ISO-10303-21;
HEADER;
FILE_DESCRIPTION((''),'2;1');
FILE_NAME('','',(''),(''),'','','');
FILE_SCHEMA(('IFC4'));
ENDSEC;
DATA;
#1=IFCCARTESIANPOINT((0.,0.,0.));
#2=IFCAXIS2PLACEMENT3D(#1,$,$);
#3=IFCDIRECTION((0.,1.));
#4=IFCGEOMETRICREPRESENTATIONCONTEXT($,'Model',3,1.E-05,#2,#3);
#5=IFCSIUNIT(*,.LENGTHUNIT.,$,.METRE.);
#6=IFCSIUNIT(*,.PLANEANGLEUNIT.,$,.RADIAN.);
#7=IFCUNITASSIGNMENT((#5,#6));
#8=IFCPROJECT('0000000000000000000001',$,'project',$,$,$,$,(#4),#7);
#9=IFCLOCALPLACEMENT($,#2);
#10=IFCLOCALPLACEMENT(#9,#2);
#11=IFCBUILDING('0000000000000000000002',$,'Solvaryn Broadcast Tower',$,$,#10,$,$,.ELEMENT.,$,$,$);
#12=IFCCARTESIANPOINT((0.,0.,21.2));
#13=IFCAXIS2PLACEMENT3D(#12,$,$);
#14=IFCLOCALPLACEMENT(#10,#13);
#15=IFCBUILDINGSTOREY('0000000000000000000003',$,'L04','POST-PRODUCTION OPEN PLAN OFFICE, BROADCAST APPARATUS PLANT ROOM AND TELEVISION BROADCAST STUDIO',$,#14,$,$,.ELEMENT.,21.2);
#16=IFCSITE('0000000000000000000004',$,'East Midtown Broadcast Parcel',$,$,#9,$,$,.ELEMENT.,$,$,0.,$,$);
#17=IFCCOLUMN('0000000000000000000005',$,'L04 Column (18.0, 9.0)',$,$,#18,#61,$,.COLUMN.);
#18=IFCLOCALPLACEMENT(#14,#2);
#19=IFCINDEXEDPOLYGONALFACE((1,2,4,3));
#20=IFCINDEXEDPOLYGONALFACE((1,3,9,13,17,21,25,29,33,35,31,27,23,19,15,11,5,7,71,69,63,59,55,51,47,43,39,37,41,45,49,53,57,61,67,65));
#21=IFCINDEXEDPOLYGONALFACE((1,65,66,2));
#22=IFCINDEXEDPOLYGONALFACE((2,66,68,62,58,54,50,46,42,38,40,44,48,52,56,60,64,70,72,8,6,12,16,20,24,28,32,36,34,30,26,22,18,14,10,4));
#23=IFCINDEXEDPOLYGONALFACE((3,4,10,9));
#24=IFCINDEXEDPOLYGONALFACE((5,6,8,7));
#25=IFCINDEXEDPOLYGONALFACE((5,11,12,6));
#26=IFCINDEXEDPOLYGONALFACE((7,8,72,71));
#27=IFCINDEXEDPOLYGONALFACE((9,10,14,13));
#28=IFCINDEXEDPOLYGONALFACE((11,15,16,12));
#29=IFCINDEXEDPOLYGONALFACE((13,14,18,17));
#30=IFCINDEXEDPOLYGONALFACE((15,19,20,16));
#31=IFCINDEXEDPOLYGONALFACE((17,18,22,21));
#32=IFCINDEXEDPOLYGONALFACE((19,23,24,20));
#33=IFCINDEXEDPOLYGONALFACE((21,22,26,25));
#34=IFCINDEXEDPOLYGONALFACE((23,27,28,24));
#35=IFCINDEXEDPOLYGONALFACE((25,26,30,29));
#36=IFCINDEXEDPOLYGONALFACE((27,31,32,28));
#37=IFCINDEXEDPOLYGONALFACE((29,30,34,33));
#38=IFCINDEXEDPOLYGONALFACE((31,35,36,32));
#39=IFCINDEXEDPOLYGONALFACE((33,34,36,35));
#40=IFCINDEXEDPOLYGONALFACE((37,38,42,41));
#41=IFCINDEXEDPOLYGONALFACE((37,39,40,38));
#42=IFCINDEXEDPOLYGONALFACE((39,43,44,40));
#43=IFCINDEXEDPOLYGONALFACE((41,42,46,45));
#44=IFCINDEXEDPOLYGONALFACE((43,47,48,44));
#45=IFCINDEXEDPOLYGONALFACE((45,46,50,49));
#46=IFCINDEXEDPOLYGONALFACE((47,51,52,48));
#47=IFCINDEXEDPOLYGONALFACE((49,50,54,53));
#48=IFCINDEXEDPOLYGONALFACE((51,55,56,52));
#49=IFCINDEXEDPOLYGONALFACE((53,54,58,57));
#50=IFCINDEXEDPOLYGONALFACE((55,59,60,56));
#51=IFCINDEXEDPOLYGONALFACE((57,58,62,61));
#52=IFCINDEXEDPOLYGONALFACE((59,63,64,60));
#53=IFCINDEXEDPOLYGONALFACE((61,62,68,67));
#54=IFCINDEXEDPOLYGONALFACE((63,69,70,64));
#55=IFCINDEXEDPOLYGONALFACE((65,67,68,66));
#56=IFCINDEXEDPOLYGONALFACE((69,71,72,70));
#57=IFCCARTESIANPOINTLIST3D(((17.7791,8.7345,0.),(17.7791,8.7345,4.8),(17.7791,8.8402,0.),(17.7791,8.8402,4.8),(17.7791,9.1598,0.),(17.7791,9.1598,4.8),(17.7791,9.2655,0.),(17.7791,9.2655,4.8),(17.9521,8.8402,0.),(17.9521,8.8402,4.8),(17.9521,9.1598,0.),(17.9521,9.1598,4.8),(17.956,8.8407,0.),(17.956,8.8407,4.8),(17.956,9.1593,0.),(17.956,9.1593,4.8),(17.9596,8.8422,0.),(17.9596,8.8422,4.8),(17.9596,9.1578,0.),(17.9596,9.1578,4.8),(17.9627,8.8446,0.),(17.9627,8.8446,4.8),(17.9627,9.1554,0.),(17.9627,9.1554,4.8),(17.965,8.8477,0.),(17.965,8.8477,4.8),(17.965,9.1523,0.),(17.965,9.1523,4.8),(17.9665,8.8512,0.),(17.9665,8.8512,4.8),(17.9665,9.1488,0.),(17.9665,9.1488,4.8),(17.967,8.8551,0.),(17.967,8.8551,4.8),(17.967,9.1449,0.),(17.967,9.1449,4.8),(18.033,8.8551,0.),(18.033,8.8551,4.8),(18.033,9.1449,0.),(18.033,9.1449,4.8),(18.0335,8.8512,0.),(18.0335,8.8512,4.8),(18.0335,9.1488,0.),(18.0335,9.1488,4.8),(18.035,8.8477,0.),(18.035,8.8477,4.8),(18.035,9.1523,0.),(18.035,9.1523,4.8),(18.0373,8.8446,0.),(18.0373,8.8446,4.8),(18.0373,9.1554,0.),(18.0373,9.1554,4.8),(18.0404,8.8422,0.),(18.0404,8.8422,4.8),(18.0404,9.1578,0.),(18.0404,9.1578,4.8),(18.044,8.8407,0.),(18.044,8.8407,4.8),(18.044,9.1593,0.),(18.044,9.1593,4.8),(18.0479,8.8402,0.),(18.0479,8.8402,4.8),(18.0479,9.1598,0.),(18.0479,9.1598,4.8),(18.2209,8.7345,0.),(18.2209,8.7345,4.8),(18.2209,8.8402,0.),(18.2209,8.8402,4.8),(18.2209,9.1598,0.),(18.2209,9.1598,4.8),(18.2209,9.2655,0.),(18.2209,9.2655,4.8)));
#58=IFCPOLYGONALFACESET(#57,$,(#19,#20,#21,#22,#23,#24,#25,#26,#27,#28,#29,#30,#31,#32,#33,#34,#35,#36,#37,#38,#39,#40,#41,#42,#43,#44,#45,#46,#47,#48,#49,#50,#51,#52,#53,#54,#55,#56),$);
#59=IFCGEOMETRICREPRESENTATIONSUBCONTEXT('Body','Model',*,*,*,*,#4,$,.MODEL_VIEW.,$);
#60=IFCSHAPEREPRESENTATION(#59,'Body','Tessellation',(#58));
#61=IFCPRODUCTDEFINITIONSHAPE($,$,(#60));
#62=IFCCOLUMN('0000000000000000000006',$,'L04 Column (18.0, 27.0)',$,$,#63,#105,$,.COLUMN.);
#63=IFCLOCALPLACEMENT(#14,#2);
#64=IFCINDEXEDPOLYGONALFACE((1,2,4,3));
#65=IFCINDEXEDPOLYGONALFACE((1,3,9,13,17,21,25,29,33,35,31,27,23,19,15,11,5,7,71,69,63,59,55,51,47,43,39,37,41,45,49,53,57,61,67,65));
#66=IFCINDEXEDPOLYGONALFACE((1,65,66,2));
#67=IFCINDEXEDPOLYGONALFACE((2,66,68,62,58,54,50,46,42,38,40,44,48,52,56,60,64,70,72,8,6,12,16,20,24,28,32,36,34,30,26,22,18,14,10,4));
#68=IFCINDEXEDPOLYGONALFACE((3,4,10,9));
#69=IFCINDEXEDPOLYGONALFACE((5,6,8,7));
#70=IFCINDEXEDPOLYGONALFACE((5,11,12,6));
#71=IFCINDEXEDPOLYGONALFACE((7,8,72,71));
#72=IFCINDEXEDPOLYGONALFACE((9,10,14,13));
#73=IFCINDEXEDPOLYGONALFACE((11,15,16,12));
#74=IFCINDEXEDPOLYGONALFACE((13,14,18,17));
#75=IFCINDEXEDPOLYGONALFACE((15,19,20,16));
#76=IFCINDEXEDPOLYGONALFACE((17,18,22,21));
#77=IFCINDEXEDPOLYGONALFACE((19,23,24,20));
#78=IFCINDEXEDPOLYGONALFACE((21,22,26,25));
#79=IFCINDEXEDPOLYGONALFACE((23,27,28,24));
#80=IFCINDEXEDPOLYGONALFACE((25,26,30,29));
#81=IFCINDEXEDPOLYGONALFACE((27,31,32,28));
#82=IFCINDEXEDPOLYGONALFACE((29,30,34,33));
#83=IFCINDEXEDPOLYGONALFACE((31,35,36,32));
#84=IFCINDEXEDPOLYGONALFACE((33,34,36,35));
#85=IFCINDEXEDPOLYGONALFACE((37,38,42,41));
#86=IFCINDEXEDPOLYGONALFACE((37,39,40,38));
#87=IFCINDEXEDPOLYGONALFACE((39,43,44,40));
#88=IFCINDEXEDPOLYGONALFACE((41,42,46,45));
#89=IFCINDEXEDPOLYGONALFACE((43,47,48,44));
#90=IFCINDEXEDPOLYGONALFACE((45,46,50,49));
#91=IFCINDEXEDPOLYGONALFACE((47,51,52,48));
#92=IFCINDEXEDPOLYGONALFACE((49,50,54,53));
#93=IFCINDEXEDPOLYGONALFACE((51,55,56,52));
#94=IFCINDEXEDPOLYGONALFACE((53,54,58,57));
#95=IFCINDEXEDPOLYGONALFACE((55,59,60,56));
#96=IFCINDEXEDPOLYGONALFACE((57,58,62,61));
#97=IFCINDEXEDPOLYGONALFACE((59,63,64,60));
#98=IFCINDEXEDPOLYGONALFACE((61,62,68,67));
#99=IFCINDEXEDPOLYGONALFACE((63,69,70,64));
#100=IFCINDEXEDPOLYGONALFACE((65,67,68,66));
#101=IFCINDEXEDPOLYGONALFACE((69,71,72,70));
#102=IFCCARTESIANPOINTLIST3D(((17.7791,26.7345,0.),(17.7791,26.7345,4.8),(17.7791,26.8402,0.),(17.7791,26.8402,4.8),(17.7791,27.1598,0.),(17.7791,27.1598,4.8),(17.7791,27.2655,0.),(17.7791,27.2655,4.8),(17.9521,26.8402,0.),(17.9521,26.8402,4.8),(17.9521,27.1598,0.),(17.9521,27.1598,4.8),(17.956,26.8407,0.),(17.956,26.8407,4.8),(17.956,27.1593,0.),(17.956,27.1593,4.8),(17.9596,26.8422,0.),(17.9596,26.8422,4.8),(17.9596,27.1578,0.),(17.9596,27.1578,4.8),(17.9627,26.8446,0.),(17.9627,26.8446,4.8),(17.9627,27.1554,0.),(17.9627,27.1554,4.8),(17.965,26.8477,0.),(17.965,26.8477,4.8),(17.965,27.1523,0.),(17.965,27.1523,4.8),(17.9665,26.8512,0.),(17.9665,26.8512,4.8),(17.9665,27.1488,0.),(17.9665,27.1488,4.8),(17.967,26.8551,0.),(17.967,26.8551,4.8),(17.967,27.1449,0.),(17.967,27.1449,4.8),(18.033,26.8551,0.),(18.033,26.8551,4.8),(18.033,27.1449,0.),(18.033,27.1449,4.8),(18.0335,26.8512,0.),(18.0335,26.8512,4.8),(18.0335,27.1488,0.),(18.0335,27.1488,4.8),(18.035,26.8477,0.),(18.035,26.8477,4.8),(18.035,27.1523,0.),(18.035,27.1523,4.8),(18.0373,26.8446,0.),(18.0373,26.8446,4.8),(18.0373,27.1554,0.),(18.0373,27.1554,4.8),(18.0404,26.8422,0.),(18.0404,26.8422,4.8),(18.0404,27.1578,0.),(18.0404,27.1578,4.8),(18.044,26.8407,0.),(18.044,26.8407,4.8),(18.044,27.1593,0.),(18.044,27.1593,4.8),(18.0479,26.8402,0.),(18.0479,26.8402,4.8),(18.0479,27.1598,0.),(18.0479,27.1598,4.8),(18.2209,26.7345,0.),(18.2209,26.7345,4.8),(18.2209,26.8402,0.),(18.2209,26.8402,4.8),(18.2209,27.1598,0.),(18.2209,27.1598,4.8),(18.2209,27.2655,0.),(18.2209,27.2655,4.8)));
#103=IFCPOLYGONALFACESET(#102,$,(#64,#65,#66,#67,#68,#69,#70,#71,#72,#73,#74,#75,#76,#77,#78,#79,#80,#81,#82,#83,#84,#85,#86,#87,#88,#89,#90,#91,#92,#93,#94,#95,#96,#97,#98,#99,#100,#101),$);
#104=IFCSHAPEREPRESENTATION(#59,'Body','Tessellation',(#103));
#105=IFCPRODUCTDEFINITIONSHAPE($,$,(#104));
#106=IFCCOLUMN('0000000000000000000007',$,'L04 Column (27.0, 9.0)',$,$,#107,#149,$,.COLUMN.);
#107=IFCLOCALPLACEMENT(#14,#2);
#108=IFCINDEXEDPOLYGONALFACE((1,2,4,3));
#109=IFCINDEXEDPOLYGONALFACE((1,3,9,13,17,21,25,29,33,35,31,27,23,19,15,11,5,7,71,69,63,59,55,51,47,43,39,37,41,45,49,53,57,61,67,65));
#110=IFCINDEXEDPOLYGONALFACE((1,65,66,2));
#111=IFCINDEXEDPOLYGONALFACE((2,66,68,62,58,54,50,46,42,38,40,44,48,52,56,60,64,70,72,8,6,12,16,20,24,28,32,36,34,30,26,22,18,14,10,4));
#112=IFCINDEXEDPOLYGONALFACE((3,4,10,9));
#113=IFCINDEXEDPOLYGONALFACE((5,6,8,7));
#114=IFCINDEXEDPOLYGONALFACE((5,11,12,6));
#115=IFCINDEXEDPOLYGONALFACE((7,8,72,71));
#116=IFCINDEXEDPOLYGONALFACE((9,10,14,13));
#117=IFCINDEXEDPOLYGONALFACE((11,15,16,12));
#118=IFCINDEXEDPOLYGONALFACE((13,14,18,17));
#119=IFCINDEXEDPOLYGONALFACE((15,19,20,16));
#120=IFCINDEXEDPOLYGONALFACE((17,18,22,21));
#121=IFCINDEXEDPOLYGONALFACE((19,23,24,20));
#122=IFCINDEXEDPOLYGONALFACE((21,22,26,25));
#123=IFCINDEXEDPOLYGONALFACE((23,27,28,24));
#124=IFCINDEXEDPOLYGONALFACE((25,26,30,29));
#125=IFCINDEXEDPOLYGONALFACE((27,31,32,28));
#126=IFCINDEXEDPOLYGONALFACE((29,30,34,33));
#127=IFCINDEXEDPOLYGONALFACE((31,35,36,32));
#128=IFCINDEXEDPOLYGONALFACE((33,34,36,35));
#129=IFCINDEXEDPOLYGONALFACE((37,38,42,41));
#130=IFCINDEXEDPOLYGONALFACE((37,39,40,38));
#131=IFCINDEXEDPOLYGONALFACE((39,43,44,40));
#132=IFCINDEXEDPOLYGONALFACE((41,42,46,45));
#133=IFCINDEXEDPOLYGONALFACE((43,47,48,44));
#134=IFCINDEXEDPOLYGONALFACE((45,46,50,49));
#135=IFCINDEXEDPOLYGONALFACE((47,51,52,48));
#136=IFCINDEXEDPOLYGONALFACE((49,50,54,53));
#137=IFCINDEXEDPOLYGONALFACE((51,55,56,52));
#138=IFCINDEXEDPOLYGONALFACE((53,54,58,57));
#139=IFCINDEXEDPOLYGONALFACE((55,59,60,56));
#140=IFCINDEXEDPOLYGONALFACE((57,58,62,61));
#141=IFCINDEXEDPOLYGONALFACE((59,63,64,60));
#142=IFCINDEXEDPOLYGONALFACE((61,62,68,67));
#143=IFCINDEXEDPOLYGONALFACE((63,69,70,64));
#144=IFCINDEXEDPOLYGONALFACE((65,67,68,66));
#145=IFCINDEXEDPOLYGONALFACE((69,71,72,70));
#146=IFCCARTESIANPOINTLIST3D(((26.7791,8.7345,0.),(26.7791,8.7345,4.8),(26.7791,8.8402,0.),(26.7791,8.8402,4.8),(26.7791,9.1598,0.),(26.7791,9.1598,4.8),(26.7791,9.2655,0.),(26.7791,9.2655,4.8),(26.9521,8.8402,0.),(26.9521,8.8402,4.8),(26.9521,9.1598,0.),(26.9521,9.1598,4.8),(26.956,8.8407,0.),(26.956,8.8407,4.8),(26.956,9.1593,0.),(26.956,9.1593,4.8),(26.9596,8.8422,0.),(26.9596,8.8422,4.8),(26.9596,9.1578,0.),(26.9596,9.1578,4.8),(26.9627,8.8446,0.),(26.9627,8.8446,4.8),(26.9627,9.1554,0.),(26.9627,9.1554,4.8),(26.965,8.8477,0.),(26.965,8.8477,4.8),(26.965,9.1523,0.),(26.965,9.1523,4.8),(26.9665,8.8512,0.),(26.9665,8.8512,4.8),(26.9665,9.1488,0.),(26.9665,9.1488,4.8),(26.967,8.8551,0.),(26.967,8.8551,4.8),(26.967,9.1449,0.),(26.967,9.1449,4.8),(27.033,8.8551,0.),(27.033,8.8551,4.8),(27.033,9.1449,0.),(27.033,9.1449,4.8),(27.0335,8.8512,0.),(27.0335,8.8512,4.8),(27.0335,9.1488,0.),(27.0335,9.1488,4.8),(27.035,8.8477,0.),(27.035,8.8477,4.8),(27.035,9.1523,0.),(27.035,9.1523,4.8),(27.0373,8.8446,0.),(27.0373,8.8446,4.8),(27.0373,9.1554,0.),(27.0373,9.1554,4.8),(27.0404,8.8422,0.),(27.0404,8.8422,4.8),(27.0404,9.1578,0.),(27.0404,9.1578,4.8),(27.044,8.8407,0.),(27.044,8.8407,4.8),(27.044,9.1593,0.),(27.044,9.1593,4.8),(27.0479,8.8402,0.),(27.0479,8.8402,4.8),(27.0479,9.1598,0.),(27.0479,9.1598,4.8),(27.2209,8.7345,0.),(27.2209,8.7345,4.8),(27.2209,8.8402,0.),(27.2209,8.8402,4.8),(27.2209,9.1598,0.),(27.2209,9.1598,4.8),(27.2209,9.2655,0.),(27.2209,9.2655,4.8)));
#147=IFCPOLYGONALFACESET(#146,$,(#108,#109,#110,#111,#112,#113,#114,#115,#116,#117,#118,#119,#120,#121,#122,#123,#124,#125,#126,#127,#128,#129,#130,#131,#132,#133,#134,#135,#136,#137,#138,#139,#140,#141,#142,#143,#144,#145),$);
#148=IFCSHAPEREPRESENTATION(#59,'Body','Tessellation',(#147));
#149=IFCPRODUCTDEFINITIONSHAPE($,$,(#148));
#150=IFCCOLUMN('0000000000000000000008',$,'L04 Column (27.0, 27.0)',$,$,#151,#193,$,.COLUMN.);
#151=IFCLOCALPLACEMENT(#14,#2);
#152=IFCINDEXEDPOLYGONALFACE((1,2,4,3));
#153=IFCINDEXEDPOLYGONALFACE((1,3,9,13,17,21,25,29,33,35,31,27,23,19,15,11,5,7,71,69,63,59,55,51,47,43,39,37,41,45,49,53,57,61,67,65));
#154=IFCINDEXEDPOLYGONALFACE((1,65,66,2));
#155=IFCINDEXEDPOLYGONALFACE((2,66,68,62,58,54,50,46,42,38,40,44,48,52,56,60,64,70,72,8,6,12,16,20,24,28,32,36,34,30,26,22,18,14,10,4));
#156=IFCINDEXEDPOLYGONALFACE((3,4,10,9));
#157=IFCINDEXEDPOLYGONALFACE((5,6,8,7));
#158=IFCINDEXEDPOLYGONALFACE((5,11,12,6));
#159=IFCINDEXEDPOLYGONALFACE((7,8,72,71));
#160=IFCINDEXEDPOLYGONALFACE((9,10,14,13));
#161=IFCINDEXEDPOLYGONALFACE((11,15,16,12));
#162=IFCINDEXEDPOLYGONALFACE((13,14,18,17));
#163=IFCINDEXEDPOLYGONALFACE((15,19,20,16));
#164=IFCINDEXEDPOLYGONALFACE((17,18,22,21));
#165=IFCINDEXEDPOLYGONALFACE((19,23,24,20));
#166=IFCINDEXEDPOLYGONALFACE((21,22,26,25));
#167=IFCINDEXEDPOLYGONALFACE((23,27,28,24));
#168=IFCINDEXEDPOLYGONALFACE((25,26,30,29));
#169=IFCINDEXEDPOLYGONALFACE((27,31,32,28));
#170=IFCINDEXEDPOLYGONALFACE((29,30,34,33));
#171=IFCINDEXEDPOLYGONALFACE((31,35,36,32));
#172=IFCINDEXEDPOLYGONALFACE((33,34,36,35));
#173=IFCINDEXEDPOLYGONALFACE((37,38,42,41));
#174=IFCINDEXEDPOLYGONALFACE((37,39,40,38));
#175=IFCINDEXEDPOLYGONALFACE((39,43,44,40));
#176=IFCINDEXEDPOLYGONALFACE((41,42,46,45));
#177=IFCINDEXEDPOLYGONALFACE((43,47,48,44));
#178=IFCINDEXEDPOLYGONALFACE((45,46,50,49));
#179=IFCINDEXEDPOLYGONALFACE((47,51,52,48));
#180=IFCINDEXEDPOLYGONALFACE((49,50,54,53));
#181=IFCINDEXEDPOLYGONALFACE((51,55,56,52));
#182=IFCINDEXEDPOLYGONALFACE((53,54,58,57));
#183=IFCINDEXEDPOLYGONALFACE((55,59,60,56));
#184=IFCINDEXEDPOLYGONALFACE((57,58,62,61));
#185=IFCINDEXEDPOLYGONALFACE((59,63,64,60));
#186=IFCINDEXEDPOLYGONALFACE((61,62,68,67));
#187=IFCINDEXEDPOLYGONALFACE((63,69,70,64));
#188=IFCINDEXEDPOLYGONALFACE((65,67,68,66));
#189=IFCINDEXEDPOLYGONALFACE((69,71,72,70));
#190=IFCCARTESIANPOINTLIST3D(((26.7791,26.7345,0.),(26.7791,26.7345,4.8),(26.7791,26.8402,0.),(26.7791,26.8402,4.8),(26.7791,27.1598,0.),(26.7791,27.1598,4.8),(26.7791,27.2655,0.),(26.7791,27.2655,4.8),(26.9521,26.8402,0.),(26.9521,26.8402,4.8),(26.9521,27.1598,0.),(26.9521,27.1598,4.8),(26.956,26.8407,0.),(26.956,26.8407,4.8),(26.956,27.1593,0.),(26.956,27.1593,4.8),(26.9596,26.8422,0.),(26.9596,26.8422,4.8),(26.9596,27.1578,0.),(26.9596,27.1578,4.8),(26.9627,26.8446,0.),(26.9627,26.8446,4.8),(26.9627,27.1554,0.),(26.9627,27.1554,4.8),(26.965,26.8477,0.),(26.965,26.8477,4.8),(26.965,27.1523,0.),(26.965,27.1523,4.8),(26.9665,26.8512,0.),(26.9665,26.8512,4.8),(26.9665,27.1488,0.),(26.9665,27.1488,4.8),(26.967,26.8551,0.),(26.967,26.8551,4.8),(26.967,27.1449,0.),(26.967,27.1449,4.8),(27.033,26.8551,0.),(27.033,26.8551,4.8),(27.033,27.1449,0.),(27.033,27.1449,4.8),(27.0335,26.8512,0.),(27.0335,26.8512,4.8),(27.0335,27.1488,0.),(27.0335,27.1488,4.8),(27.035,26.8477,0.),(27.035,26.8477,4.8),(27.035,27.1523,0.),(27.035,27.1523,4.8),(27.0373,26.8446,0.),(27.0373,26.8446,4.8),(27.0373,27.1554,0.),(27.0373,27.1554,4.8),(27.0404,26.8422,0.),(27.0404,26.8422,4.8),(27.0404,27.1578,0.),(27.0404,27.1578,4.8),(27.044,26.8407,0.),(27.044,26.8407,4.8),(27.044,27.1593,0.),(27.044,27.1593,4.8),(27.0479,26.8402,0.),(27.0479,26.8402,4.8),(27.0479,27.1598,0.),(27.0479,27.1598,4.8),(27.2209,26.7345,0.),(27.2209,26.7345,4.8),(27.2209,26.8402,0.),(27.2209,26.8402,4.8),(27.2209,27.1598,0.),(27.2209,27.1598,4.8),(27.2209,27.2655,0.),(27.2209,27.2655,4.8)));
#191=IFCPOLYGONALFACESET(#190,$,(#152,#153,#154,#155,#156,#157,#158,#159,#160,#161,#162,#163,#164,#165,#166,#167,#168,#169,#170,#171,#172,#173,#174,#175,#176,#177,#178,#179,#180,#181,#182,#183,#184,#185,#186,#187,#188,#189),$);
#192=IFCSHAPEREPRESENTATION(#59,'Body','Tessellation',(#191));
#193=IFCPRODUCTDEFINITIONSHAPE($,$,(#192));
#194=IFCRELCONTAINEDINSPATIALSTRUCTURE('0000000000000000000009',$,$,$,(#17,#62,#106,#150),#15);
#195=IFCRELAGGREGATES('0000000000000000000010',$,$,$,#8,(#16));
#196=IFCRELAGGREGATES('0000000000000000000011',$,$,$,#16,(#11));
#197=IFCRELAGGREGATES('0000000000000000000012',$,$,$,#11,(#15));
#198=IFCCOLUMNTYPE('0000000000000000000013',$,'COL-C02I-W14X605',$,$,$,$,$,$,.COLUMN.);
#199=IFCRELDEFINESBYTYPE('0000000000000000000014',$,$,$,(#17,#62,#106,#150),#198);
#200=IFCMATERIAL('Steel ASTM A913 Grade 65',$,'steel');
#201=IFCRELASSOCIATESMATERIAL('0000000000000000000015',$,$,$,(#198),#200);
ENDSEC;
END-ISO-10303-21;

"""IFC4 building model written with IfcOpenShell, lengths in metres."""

from ifc_helpers import new_model, si_unit, direction, frame, origin, origin_2d, place, context, subcontext, project, spatial, i_section, extrude, material, material_profile, profile_set, type_object, element, save


model = new_model("IFC4")

# Units and contexts
model_context = context("Model", 3, precision=1e-05, world=origin(), true_north=direction((0.0, 1.0)))
body_context = subcontext(model_context, "Body", "Model", "MODEL_VIEW")
ifc_project = project(units=[si_unit("LENGTHUNIT", "METRE"), si_unit("PLANEANGLEUNIT", "RADIAN")], contexts=[model_context])

# Site, building, storey
site_placement = place(None, origin())
site = spatial("IfcSite", under=ifc_project, at=site_placement, Name="East Midtown Broadcast Parcel", CompositionType="ELEMENT", RefElevation=0.0)
building_placement = place(site_placement, origin())
building = spatial("IfcBuilding", under=site, at=building_placement, Name="Solvaryn Broadcast Tower", CompositionType="ELEMENT")
storey_placement = place(building_placement, frame((0.0, 0.0, 21.2)))
storey = spatial("IfcBuildingStorey", under=building, at=storey_placement, Name="L04", Description="POST-PRODUCTION OPEN PLAN OFFICE, BROADCAST APPARATUS PLANT ROOM AND TELEVISION BROADCAST STUDIO", CompositionType="ELEMENT", Elevation=21.2)

# Columns
ifc_material_1 = material(Name="Steel ASTM A913 Grade 65", Category="steel")
ifc_material_profile_1 = material_profile(ifc_material_1, i_section(OverallWidth=0.4419, OverallDepth=0.531, WebThickness=0.0659, FlangeThickness=0.1057, FilletRadius=0.0149, at=origin_2d()))
ifc_profile_set_1 = profile_set([ifc_material_profile_1], Name="Steel ASTM A913 Grade 65")
column_type = type_object("IfcColumnType", Name="COL-C02I-W14X605", PredefinedType="COLUMN", material=ifc_profile_set_1)
for number, where, z_axis, x_axis, name in (
    (1, (18.0, 9.0, 0.0), (0.0, 0.0, 1.0), (1.0, 0.0, 0.0), "L04 Column (18.0, 9.0)"),
    (2, (18.0, 27.0, 0.0), (0.0, 0.0, 1.0), (1.0, 0.0, 0.0), "L04 Column (18.0, 27.0)"),
    (3, (27.0, 9.0, 0.0), (0.0, 0.0, 1.0), (1.0, 0.0, 0.0), "L04 Column (27.0, 9.0)"),
    (4, (27.0, 27.0, 0.0), (0.0, 0.0, 1.0), (1.0, 0.0, 0.0), "L04 Column (27.0, 27.0)"),
):
    element("IfcColumn", number, at=place(storey_placement, frame(where, z_axis=z_axis, x_axis=x_axis)), inside=storey, type_object=column_type, Name=name, PredefinedType="COLUMN", context=body_context, shape_type="SweptSolid", body=[
        extrude(i_section(OverallWidth=0.4419, OverallDepth=0.531, WebThickness=0.0659, FlangeThickness=0.1057, FilletRadius=0.0149, at=origin_2d()), origin(), (0.0, 0.0, 1.0), 4.8),
    ])

save(model, "model.ifc")
